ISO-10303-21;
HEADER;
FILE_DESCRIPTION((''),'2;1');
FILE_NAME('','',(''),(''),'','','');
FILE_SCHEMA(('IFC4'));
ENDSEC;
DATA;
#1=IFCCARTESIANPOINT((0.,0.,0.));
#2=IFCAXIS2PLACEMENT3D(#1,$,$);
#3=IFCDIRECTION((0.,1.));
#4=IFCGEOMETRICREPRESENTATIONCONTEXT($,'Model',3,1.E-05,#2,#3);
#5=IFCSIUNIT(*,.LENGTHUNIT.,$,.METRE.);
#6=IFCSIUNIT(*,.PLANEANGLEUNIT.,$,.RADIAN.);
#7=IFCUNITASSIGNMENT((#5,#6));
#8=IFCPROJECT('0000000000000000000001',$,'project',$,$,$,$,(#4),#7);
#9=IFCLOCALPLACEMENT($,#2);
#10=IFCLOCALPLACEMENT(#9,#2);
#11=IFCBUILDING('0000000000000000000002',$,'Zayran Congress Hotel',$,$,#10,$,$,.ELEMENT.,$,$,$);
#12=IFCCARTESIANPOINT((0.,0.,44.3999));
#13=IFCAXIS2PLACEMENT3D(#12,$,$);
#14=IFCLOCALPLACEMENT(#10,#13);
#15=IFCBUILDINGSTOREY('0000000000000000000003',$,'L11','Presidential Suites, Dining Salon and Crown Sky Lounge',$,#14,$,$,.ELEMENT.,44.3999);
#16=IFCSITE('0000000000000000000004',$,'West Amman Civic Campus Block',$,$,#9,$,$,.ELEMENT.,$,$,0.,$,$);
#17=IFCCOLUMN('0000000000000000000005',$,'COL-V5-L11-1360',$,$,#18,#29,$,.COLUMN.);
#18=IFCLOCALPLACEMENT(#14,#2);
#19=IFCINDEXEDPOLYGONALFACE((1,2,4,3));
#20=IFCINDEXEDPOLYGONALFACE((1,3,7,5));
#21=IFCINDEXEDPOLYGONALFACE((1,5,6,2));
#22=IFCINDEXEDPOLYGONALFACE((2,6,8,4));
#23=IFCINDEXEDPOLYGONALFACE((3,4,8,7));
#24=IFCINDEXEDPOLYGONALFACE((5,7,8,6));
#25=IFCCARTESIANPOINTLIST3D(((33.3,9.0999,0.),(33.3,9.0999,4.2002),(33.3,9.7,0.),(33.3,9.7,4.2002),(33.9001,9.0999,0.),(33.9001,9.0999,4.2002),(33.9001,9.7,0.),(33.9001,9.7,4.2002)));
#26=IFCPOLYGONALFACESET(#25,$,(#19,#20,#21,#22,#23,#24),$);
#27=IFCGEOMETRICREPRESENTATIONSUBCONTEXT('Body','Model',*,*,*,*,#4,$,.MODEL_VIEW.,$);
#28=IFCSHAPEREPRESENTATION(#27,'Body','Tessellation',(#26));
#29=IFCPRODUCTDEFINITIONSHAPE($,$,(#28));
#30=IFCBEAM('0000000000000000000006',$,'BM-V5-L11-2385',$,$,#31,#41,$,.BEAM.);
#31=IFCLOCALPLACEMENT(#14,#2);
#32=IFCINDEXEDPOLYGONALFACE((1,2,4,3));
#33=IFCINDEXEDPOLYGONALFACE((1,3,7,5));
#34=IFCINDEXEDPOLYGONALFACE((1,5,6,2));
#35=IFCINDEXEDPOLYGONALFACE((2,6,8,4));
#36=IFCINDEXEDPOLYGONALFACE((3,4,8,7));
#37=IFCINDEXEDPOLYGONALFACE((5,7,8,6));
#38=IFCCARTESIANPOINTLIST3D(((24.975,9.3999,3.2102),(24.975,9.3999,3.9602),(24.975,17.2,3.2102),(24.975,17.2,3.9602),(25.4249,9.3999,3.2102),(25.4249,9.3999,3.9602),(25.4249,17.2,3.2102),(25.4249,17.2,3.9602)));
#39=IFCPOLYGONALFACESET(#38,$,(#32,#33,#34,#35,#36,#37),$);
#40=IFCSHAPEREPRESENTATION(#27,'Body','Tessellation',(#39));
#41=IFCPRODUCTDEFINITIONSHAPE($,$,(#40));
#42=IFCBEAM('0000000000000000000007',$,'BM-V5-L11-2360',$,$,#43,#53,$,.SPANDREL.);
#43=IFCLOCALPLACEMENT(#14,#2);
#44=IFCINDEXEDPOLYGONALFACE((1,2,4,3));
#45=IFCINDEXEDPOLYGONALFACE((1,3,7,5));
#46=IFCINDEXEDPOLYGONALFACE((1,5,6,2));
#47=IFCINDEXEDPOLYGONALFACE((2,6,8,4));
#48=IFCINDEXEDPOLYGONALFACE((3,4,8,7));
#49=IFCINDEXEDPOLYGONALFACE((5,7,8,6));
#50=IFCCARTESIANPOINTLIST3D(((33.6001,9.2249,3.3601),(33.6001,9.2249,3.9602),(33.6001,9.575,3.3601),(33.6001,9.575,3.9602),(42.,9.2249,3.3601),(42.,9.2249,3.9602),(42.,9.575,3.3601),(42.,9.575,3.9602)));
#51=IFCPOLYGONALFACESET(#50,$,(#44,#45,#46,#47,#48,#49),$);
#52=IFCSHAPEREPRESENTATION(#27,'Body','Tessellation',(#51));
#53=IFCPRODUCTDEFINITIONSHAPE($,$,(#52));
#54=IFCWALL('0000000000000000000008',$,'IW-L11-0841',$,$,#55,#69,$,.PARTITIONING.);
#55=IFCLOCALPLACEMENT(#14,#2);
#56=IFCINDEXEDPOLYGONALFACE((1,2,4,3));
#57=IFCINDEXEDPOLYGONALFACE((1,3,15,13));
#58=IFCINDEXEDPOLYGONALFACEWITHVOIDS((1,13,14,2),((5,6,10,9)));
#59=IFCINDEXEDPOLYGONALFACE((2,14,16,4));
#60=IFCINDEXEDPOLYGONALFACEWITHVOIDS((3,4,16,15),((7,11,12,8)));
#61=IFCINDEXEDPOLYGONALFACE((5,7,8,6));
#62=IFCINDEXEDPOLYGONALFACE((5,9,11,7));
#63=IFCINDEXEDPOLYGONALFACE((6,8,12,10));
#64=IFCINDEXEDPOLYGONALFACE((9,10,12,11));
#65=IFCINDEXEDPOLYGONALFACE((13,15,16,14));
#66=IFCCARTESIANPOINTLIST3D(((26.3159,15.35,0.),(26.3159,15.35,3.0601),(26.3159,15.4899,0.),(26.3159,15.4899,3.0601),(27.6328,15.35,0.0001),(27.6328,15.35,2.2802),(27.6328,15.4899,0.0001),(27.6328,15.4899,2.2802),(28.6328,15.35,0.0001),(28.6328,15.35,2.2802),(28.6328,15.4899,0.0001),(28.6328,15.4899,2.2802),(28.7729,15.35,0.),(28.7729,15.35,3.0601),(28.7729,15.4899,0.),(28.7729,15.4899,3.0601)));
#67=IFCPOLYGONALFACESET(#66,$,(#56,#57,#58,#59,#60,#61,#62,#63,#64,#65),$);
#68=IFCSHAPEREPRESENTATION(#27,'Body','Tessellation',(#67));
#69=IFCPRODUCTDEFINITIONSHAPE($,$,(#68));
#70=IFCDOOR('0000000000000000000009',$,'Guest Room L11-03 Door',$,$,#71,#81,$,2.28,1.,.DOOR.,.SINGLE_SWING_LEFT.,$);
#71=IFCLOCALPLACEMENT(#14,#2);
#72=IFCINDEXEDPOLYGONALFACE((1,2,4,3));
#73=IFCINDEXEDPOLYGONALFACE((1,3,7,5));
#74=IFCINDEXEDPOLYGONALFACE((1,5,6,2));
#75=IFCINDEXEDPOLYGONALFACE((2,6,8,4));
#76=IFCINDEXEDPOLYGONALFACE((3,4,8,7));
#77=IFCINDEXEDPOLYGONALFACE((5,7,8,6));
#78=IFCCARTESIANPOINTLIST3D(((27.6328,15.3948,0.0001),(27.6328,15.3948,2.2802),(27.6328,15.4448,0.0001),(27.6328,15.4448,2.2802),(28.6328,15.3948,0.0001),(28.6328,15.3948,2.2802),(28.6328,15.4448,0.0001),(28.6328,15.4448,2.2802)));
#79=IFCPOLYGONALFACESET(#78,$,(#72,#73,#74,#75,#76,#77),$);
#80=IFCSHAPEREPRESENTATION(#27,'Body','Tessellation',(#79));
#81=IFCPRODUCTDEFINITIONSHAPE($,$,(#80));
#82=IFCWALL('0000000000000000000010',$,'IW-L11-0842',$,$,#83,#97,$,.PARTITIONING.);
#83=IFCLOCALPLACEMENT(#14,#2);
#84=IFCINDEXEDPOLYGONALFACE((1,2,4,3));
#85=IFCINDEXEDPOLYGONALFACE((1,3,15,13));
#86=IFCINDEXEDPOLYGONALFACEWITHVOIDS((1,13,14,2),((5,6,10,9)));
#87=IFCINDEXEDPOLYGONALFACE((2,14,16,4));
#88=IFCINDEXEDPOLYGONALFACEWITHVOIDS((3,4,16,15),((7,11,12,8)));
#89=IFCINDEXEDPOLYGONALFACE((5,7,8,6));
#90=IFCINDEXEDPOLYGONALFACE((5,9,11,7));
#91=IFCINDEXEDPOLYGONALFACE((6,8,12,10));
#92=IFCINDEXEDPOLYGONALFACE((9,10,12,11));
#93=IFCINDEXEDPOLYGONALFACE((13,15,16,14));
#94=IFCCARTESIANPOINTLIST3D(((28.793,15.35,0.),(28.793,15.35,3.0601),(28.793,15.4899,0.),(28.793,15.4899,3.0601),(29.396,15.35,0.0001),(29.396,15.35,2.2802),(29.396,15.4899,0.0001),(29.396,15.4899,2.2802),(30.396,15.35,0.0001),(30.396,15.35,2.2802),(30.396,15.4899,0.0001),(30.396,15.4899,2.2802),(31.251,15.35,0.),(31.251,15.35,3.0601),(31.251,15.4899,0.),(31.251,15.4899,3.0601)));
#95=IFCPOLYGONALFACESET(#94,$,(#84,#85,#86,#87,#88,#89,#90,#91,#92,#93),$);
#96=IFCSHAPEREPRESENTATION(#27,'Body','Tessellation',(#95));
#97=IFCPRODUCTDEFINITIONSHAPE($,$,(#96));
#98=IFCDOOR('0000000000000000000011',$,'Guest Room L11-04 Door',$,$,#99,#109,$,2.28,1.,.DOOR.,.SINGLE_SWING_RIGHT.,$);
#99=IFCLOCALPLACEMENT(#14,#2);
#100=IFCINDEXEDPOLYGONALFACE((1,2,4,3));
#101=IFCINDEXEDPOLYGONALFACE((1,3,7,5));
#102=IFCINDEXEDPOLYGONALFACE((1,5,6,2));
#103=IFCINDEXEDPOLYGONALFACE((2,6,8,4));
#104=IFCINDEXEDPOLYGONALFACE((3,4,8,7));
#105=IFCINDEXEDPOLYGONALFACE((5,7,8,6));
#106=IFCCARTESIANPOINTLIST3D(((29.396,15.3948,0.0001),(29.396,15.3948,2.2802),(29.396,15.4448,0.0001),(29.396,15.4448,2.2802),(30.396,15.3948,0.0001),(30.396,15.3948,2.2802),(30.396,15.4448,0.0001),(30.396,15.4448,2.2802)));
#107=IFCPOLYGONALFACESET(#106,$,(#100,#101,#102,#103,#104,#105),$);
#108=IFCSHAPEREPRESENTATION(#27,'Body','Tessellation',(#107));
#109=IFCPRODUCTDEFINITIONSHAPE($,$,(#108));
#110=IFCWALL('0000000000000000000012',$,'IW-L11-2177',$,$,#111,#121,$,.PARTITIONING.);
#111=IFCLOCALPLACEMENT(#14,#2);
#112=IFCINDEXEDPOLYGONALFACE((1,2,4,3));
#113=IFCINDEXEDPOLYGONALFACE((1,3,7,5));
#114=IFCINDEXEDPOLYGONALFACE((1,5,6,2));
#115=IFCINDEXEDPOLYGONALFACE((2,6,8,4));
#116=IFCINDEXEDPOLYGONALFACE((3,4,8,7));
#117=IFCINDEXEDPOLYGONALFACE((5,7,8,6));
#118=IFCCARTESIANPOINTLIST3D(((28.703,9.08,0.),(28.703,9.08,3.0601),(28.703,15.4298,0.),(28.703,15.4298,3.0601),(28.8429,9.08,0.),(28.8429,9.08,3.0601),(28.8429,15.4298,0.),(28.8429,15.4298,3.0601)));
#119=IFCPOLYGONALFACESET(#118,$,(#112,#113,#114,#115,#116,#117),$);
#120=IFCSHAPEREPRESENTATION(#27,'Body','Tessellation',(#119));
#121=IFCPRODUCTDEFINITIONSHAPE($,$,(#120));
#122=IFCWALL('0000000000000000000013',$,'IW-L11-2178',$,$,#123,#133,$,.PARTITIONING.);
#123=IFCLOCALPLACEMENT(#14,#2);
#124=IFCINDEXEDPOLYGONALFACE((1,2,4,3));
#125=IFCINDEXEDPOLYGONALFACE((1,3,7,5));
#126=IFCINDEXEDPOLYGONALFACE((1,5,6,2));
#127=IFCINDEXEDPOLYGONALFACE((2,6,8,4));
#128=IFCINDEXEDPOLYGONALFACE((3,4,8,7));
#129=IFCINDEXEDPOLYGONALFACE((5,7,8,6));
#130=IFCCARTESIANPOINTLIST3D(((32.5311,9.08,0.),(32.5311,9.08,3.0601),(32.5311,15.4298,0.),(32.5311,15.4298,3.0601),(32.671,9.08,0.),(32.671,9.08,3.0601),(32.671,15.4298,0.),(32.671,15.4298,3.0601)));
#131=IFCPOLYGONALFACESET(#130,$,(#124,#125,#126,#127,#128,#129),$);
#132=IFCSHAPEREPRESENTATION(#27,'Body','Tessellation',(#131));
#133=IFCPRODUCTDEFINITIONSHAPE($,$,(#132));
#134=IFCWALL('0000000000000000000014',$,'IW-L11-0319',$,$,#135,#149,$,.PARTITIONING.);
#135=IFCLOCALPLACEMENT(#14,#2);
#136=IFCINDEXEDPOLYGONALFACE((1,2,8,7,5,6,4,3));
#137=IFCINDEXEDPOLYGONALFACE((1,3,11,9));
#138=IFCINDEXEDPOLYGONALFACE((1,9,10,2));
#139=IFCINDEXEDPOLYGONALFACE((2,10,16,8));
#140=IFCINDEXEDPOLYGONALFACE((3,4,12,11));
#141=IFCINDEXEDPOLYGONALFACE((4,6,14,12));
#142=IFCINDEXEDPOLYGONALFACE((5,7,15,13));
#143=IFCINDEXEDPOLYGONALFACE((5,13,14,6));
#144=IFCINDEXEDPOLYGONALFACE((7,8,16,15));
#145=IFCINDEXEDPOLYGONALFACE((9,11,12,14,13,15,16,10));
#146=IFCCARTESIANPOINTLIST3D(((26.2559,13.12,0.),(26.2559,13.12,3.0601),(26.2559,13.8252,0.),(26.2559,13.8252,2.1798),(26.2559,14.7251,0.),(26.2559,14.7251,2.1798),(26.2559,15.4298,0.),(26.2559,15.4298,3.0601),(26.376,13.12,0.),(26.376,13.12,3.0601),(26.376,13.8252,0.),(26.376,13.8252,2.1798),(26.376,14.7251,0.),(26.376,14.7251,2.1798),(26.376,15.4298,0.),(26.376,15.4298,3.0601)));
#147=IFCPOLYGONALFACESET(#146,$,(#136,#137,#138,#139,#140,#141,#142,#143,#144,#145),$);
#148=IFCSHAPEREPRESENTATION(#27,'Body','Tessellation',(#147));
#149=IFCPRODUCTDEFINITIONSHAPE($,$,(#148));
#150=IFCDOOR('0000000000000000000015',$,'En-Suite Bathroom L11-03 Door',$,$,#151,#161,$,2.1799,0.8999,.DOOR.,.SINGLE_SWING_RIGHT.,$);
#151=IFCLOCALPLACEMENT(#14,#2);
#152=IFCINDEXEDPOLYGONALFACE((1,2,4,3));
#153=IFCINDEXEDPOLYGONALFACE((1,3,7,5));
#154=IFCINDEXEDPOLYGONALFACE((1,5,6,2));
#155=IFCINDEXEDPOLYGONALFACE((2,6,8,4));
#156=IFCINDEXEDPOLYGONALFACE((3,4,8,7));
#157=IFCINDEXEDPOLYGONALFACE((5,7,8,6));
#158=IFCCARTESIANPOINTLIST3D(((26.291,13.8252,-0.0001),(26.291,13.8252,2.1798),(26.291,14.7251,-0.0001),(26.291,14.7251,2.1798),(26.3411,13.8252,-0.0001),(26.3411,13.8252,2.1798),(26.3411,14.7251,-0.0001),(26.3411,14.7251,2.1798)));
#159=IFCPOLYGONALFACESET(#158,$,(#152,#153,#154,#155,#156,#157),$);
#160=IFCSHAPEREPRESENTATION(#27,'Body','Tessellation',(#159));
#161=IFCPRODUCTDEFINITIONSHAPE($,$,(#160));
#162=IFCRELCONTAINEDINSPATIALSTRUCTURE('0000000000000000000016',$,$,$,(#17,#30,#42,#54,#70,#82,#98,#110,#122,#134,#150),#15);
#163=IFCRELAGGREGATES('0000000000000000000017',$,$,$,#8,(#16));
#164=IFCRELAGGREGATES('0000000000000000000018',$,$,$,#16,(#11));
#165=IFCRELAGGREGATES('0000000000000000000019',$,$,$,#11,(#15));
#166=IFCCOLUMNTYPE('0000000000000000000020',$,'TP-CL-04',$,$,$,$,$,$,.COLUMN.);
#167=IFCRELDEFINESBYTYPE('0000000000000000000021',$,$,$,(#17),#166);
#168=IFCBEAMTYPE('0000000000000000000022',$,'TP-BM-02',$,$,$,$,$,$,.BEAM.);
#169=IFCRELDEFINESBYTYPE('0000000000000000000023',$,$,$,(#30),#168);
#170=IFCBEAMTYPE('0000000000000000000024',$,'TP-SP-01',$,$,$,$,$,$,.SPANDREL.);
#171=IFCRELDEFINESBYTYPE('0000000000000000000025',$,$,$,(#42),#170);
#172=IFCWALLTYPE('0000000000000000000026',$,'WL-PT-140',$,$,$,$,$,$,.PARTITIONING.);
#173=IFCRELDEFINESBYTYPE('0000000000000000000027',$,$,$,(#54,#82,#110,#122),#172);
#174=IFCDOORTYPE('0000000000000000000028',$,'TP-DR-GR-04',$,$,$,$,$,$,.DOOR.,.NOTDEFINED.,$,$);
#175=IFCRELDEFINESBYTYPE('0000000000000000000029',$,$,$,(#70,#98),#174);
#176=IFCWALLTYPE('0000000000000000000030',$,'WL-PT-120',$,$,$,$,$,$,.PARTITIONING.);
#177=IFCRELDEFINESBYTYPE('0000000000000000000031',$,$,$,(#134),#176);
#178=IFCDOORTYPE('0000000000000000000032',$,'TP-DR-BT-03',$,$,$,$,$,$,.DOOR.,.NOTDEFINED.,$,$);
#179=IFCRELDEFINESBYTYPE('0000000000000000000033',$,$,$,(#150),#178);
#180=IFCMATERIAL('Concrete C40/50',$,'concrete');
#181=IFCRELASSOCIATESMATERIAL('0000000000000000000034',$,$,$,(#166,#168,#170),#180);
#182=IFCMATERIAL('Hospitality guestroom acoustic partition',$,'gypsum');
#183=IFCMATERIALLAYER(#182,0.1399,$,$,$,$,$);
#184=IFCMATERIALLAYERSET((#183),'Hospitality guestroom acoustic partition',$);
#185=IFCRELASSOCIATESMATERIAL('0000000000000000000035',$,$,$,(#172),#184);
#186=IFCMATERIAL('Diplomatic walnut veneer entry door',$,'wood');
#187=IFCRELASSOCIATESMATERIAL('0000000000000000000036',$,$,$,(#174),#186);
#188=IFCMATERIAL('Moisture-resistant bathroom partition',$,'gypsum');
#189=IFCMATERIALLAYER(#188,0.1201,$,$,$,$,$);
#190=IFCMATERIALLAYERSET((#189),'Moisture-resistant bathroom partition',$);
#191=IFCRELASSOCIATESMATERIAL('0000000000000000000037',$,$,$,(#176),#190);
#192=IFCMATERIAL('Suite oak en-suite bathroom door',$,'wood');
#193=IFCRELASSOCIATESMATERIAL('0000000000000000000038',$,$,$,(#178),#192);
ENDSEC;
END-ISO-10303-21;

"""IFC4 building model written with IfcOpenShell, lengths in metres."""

from ifc_helpers import new_model, si_unit, direction, frame, frame_2d, origin, origin_2d, place, context, subcontext, project, spatial, rectangle, extrude, material, layer, layer_set, material_profile, profile_set, type_object, element, fill, save


model = new_model("IFC4")

# Units and contexts
model_context = context("Model", 3, precision=1e-05, world=origin(), true_north=direction((0.0, 1.0)))
body_context = subcontext(model_context, "Body", "Model", "MODEL_VIEW")
ifc_project = project(units=[si_unit("LENGTHUNIT", "METRE"), si_unit("PLANEANGLEUNIT", "RADIAN")], contexts=[model_context])

# Site, building, storey
site_placement = place(None, origin())
site = spatial("IfcSite", under=ifc_project, at=site_placement, Name="West Amman Civic Campus Block", CompositionType="ELEMENT", RefElevation=0.0)
building_placement = place(site_placement, origin())
building = spatial("IfcBuilding", under=site, at=building_placement, Name="Zayran Congress Hotel", CompositionType="ELEMENT")
storey_placement = place(building_placement, frame((0.0, 0.0, 44.3999)))
storey = spatial("IfcBuildingStorey", under=building, at=storey_placement, Name="L11", Description="Presidential Suites, Dining Salon and Crown Sky Lounge", CompositionType="ELEMENT", Elevation=44.3999)

# Column
ifc_material_1 = material(Name="Concrete C40/50", Category="concrete")
ifc_material_profile_1 = material_profile(ifc_material_1, rectangle(XDim=0.6001, YDim=0.6001, at=origin_2d()), Name="RC 600x600")
ifc_profile_set_1 = profile_set([ifc_material_profile_1], Name="Concrete C40/50")
column_type = type_object("IfcColumnType", Name="TP-CL-04", PredefinedType="COLUMN", material=ifc_profile_set_1)
column_placement = place(storey_placement, frame((33.6001, 9.3999, 0.0), z_axis=(0.0, 0.0, 1.0), x_axis=(1.0, 0.0, 0.0)))
element("IfcColumn", 1, at=column_placement, inside=storey, type_object=column_type, Name="COL-V5-L11-1360", PredefinedType="COLUMN", context=body_context, shape_type="SweptSolid", body=[
    extrude(rectangle(XDim=0.6001, YDim=0.6001, at=origin_2d()), origin(), (0.0, 0.0, 1.0), 4.2002),
])

# Beams
ifc_material_profile_2 = material_profile(ifc_material_1, rectangle(XDim=0.45, YDim=0.75, at=origin_2d()), Name="RC 450x750")
ifc_profile_set_2 = profile_set([ifc_material_profile_2], Name="Concrete C40/50")
beam_type_1 = type_object("IfcBeamType", Name="TP-BM-02", PredefinedType="BEAM", material=ifc_profile_set_2)
beam_1_placement = place(storey_placement, frame((25.2, 9.3999, 3.5852), z_axis=(0.0, 1.0, 0.0), x_axis=(-1.0, 0.0, 0.0)))
element("IfcBeam", 2, at=beam_1_placement, inside=storey, type_object=beam_type_1, Name="BM-V5-L11-2385", PredefinedType="BEAM", context=body_context, shape_type="SweptSolid", body=[
    extrude(rectangle(XDim=0.45, YDim=0.75, at=origin_2d()), origin(), (0.0, 0.0, 1.0), 7.8),
])
ifc_material_profile_3 = material_profile(ifc_material_1, rectangle(XDim=0.3501, YDim=0.6001, at=origin_2d()), Name="RC 350x600")
ifc_profile_set_3 = profile_set([ifc_material_profile_3], Name="Concrete C40/50")
beam_type_2 = type_object("IfcBeamType", Name="TP-SP-01", PredefinedType="SPANDREL", material=ifc_profile_set_3)
beam_2_placement = place(storey_placement, frame((33.6001, 9.3999, 3.6602), z_axis=(1.0, 0.0, 0.0), x_axis=(0.0, 1.0, 0.0)))
element("IfcBeam", 3, at=beam_2_placement, inside=storey, type_object=beam_type_2, Name="BM-V5-L11-2360", PredefinedType="SPANDREL", context=body_context, shape_type="SweptSolid", body=[
    extrude(rectangle(XDim=0.3501, YDim=0.6001, at=origin_2d()), origin(), (0.0, 0.0, 1.0), 8.3999),
])

# Walls, openings, doors
ifc_material_2 = material(Name="Hospitality guestroom acoustic partition", Category="gypsum")
ifc_layer_1 = layer(ifc_material_2, 0.1399)
ifc_layer_set_1 = layer_set([ifc_layer_1], Name="Hospitality guestroom acoustic partition")
wall_type_1 = type_object("IfcWallType", Name="WL-PT-140", PredefinedType="PARTITIONING", material=ifc_layer_set_1)
wall_1_placement = place(storey_placement, frame((26.3159, 15.4199, 0.0), z_axis=(0.0, 0.0, 1.0), x_axis=(1.0, 0.0, 0.0)))
wall_1 = element("IfcWall", 4, at=wall_1_placement, inside=storey, type_object=wall_type_1, Name="IW-L11-0841", PredefinedType="PARTITIONING", context=body_context, shape_type="SweptSolid", body=[
    extrude(rectangle(XDim=2.457, YDim=0.1399, at=frame_2d((1.2285, 0.0))), origin(), (0.0, 0.0, 1.0), 3.0601),
])
opening_1_placement = place(wall_1_placement, frame((1.3169, 0.0, 0.0)))
opening_1 = element("IfcOpeningElement", 5, at=opening_1_placement, cuts=wall_1, PredefinedType="OPENING", context=body_context, shape_type="SweptSolid", body=[
    extrude(rectangle(XDim=1.0, YDim=2.28, at=frame_2d((0.5, 1.1401))), frame((0.0, 0.0798, 0.0), z_axis=(0.0, -1.0, 0.0), x_axis=(1.0, 0.0, 0.0)), (0.0, 0.0, 1.0), 0.1599),
])
ifc_material_3 = material(Name="Diplomatic walnut veneer entry door", Category="wood")
door_type_1 = type_object("IfcDoorType", Name="TP-DR-GR-04", OperationType="NOTDEFINED", PredefinedType="DOOR", material=ifc_material_3)
door_1_placement = place(opening_1_placement, origin())
door_1 = element("IfcDoor", 6, at=door_1_placement, inside=storey, type_object=door_type_1, Name="Guest Room L11-03 Door", OperationType="SINGLE_SWING_LEFT", OverallHeight=2.28, OverallWidth=1.0, PredefinedType="DOOR", context=body_context, shape_type="SweptSolid", body=[
    extrude(rectangle(XDim=1.0, YDim=2.28, at=frame_2d((0.5, 1.1401))), frame((0.0, 0.0249, 0.0), z_axis=(0.0, -1.0, 0.0), x_axis=(1.0, 0.0, 0.0)), (0.0, 0.0, 1.0), 0.05),
])
fill(opening_1, door_1)
wall_2_placement = place(storey_placement, frame((28.793, 15.4199, 0.0), z_axis=(0.0, 0.0, 1.0), x_axis=(1.0, 0.0, 0.0)))
wall_2 = element("IfcWall", 7, at=wall_2_placement, inside=storey, type_object=wall_type_1, Name="IW-L11-0842", PredefinedType="PARTITIONING", context=body_context, shape_type="SweptSolid", body=[
    extrude(rectangle(XDim=2.458, YDim=0.1399, at=frame_2d((1.229, 0.0))), origin(), (0.0, 0.0, 1.0), 3.0601),
])
opening_2_placement = place(wall_2_placement, frame((0.603, 0.0, 0.0)))
opening_2 = element("IfcOpeningElement", 8, at=opening_2_placement, cuts=wall_2, PredefinedType="OPENING", context=body_context, shape_type="SweptSolid", body=[
    extrude(rectangle(XDim=1.0, YDim=2.28, at=frame_2d((0.5, 1.1401))), frame((0.0, 0.0798, 0.0), z_axis=(0.0, -1.0, 0.0), x_axis=(1.0, 0.0, 0.0)), (0.0, 0.0, 1.0), 0.1599),
])
door_2_placement = place(opening_2_placement, origin())
door_2 = element("IfcDoor", 9, at=door_2_placement, inside=storey, type_object=door_type_1, Name="Guest Room L11-04 Door", OperationType="SINGLE_SWING_RIGHT", OverallHeight=2.28, OverallWidth=1.0, PredefinedType="DOOR", context=body_context, shape_type="SweptSolid", body=[
    extrude(rectangle(XDim=1.0, YDim=2.28, at=frame_2d((0.5, 1.1401))), frame((0.0, 0.0249, 0.0), z_axis=(0.0, -1.0, 0.0), x_axis=(1.0, 0.0, 0.0)), (0.0, 0.0, 1.0), 0.05),
])
fill(opening_2, door_2)

# Walls
for number, where, z_axis, x_axis, name in (
    (10, (28.7729, 9.0801, 0.0), (0.0, 0.0, 1.0), (0.0, 1.0, 0.0), "IW-L11-2177"),
    (11, (32.6011, 9.0801, 0.0), (0.0, 0.0, 1.0), (0.0, 1.0, 0.0), "IW-L11-2178"),
):
    element("IfcWall", number, at=place(storey_placement, frame(where, z_axis=z_axis, x_axis=x_axis)), inside=storey, type_object=wall_type_1, Name=name, PredefinedType="PARTITIONING", context=body_context, shape_type="SweptSolid", body=[
        extrude(rectangle(XDim=6.3499, YDim=0.1399, at=frame_2d((3.1748, 0.0))), origin(), (0.0, 0.0, 1.0), 3.0601),
    ])

# Wall, opening, door
ifc_material_4 = material(Name="Moisture-resistant bathroom partition", Category="gypsum")
ifc_layer_2 = layer(ifc_material_4, 0.1201)
ifc_layer_set_2 = layer_set([ifc_layer_2], Name="Moisture-resistant bathroom partition")
wall_type_2 = type_object("IfcWallType", Name="WL-PT-120", PredefinedType="PARTITIONING", material=ifc_layer_set_2)
wall_3_placement = place(storey_placement, frame((26.3159, 13.1201, 0.0), z_axis=(0.0, 0.0, 1.0), x_axis=(0.0, 1.0, 0.0)))
wall_3 = element("IfcWall", 12, at=wall_3_placement, inside=storey, type_object=wall_type_2, Name="IW-L11-0319", PredefinedType="PARTITIONING", context=body_context, shape_type="SweptSolid", body=[
    extrude(rectangle(XDim=2.3098, YDim=0.1201, at=frame_2d((1.1548, 0.0))), origin(), (0.0, 0.0, 1.0), 3.0601),
])
opening_3_placement = place(wall_3_placement, frame((0.7051, 0.0, 0.0)))
opening_3 = element("IfcOpeningElement", 13, at=opening_3_placement, cuts=wall_3, PredefinedType="OPENING", context=body_context, shape_type="SweptSolid", body=[
    extrude(rectangle(XDim=0.8999, YDim=2.1799, at=frame_2d((0.45, 1.0898))), frame((0.0, 0.0701, 0.0), z_axis=(0.0, -1.0, 0.0), x_axis=(1.0, 0.0, 0.0)), (0.0, 0.0, 1.0), 0.1401),
])
ifc_material_5 = material(Name="Suite oak en-suite bathroom door", Category="wood")
door_type_2 = type_object("IfcDoorType", Name="TP-DR-BT-03", OperationType="NOTDEFINED", PredefinedType="DOOR", material=ifc_material_5)
door_3_placement = place(opening_3_placement, origin())
door_3 = element("IfcDoor", 14, at=door_3_placement, inside=storey, type_object=door_type_2, Name="En-Suite Bathroom L11-03 Door", OperationType="SINGLE_SWING_RIGHT", OverallHeight=2.1799, OverallWidth=0.8999, PredefinedType="DOOR", context=body_context, shape_type="SweptSolid", body=[
    extrude(rectangle(XDim=0.8999, YDim=2.1799, at=frame_2d((0.45, 1.0898))), frame((0.0, 0.0249, 0.0), z_axis=(0.0, -1.0, 0.0), x_axis=(1.0, 0.0, 0.0)), (0.0, 0.0, 1.0), 0.05),
])
fill(opening_3, door_3)

save(model, "model.ifc")
